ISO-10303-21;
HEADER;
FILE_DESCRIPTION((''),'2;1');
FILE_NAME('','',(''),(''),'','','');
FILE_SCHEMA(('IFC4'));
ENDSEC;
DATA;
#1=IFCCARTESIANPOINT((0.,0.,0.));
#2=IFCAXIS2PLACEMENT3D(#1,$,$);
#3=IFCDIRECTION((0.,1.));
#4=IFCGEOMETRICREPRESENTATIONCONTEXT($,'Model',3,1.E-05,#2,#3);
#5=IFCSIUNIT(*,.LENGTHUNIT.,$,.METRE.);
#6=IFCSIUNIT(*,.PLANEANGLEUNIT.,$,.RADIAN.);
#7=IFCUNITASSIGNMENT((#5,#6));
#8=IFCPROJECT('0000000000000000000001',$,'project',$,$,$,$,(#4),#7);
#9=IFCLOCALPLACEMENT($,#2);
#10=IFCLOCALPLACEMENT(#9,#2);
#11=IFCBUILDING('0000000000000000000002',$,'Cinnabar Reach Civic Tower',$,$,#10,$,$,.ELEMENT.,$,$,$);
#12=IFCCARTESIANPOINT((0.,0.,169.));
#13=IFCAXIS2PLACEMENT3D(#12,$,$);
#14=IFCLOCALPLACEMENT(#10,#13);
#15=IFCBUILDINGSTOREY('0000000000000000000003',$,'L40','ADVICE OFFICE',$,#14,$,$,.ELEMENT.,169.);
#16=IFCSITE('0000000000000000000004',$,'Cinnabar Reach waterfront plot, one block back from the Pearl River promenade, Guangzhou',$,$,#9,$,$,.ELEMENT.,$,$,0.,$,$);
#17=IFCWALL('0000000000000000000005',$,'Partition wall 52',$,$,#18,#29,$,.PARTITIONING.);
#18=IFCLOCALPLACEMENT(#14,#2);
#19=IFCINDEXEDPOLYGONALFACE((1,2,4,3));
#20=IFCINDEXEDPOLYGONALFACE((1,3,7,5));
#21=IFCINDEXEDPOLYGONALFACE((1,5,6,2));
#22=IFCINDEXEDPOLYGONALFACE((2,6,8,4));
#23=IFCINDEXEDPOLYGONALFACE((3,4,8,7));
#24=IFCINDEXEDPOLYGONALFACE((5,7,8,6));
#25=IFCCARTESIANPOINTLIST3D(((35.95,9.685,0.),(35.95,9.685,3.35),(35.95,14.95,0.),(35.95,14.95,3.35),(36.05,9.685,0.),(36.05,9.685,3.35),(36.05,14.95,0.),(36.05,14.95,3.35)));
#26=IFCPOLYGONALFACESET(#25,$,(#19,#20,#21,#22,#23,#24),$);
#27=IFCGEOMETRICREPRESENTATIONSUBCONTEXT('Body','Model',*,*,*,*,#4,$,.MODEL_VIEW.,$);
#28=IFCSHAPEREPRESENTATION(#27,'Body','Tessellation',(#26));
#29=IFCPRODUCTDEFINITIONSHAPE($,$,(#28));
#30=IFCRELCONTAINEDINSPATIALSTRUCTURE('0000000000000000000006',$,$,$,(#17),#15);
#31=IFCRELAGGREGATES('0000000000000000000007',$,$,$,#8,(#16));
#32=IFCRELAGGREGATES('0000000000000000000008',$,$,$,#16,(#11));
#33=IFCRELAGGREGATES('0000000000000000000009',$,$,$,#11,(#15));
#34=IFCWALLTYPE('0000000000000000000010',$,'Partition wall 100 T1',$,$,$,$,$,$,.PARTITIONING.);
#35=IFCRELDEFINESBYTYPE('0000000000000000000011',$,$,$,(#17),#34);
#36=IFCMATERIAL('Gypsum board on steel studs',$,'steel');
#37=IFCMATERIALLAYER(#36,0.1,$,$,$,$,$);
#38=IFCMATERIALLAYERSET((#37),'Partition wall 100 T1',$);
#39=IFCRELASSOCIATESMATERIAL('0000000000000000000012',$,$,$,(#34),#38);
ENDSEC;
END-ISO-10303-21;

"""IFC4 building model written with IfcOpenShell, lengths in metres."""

from ifc_helpers import new_model, si_unit, direction, frame, frame_2d, origin, place, context, subcontext, project, spatial, rectangle, extrude, material, layer, layer_set, type_object, element, save


model = new_model("IFC4")

# Units and contexts
model_context = context("Model", 3, precision=1e-05, world=origin(), true_north=direction((0.0, 1.0)))
body_context = subcontext(model_context, "Body", "Model", "MODEL_VIEW")
ifc_project = project(units=[si_unit("LENGTHUNIT", "METRE"), si_unit("PLANEANGLEUNIT", "RADIAN")], contexts=[model_context])

# Site, building, storey
site_placement = place(None, origin())
site = spatial("IfcSite", under=ifc_project, at=site_placement, Name="Cinnabar Reach waterfront plot, one block back from the Pearl River promenade, Guangzhou", CompositionType="ELEMENT", RefElevation=0.0)
building_placement = place(site_placement, origin())
building = spatial("IfcBuilding", under=site, at=building_placement, Name="Cinnabar Reach Civic Tower", CompositionType="ELEMENT")
storey_placement = place(building_placement, frame((0.0, 0.0, 169.0)))
storey = spatial("IfcBuildingStorey", under=building, at=storey_placement, Name="L40", Description="ADVICE OFFICE", CompositionType="ELEMENT", Elevation=169.0)

# Wall
ifc_material_1 = material(Name="Gypsum board on steel studs", Category="steel")
ifc_layer_1 = layer(ifc_material_1, 0.1)
ifc_layer_set_1 = layer_set([ifc_layer_1], Name="Partition wall 100 T1")
wall_type_1 = type_object("IfcWallType", Name="Partition wall 100 T1", PredefinedType="PARTITIONING", material=ifc_layer_set_1)
wall_1_placement = place(storey_placement, frame((36.0, 9.685, 0.0), z_axis=(0.0, 0.0, 1.0), x_axis=(0.0, 1.0, 0.0)))
element("IfcWall", 1, at=wall_1_placement, inside=storey, type_object=wall_type_1, Name="Partition wall 52", PredefinedType="PARTITIONING", context=body_context, shape_type="SweptSolid", body=[
    extrude(rectangle(XDim=5.265, YDim=0.1, at=frame_2d((2.6325, 0.0))), origin(), (0.0, 0.0, 1.0), 3.35),
])

save(model, "model.ifc")
